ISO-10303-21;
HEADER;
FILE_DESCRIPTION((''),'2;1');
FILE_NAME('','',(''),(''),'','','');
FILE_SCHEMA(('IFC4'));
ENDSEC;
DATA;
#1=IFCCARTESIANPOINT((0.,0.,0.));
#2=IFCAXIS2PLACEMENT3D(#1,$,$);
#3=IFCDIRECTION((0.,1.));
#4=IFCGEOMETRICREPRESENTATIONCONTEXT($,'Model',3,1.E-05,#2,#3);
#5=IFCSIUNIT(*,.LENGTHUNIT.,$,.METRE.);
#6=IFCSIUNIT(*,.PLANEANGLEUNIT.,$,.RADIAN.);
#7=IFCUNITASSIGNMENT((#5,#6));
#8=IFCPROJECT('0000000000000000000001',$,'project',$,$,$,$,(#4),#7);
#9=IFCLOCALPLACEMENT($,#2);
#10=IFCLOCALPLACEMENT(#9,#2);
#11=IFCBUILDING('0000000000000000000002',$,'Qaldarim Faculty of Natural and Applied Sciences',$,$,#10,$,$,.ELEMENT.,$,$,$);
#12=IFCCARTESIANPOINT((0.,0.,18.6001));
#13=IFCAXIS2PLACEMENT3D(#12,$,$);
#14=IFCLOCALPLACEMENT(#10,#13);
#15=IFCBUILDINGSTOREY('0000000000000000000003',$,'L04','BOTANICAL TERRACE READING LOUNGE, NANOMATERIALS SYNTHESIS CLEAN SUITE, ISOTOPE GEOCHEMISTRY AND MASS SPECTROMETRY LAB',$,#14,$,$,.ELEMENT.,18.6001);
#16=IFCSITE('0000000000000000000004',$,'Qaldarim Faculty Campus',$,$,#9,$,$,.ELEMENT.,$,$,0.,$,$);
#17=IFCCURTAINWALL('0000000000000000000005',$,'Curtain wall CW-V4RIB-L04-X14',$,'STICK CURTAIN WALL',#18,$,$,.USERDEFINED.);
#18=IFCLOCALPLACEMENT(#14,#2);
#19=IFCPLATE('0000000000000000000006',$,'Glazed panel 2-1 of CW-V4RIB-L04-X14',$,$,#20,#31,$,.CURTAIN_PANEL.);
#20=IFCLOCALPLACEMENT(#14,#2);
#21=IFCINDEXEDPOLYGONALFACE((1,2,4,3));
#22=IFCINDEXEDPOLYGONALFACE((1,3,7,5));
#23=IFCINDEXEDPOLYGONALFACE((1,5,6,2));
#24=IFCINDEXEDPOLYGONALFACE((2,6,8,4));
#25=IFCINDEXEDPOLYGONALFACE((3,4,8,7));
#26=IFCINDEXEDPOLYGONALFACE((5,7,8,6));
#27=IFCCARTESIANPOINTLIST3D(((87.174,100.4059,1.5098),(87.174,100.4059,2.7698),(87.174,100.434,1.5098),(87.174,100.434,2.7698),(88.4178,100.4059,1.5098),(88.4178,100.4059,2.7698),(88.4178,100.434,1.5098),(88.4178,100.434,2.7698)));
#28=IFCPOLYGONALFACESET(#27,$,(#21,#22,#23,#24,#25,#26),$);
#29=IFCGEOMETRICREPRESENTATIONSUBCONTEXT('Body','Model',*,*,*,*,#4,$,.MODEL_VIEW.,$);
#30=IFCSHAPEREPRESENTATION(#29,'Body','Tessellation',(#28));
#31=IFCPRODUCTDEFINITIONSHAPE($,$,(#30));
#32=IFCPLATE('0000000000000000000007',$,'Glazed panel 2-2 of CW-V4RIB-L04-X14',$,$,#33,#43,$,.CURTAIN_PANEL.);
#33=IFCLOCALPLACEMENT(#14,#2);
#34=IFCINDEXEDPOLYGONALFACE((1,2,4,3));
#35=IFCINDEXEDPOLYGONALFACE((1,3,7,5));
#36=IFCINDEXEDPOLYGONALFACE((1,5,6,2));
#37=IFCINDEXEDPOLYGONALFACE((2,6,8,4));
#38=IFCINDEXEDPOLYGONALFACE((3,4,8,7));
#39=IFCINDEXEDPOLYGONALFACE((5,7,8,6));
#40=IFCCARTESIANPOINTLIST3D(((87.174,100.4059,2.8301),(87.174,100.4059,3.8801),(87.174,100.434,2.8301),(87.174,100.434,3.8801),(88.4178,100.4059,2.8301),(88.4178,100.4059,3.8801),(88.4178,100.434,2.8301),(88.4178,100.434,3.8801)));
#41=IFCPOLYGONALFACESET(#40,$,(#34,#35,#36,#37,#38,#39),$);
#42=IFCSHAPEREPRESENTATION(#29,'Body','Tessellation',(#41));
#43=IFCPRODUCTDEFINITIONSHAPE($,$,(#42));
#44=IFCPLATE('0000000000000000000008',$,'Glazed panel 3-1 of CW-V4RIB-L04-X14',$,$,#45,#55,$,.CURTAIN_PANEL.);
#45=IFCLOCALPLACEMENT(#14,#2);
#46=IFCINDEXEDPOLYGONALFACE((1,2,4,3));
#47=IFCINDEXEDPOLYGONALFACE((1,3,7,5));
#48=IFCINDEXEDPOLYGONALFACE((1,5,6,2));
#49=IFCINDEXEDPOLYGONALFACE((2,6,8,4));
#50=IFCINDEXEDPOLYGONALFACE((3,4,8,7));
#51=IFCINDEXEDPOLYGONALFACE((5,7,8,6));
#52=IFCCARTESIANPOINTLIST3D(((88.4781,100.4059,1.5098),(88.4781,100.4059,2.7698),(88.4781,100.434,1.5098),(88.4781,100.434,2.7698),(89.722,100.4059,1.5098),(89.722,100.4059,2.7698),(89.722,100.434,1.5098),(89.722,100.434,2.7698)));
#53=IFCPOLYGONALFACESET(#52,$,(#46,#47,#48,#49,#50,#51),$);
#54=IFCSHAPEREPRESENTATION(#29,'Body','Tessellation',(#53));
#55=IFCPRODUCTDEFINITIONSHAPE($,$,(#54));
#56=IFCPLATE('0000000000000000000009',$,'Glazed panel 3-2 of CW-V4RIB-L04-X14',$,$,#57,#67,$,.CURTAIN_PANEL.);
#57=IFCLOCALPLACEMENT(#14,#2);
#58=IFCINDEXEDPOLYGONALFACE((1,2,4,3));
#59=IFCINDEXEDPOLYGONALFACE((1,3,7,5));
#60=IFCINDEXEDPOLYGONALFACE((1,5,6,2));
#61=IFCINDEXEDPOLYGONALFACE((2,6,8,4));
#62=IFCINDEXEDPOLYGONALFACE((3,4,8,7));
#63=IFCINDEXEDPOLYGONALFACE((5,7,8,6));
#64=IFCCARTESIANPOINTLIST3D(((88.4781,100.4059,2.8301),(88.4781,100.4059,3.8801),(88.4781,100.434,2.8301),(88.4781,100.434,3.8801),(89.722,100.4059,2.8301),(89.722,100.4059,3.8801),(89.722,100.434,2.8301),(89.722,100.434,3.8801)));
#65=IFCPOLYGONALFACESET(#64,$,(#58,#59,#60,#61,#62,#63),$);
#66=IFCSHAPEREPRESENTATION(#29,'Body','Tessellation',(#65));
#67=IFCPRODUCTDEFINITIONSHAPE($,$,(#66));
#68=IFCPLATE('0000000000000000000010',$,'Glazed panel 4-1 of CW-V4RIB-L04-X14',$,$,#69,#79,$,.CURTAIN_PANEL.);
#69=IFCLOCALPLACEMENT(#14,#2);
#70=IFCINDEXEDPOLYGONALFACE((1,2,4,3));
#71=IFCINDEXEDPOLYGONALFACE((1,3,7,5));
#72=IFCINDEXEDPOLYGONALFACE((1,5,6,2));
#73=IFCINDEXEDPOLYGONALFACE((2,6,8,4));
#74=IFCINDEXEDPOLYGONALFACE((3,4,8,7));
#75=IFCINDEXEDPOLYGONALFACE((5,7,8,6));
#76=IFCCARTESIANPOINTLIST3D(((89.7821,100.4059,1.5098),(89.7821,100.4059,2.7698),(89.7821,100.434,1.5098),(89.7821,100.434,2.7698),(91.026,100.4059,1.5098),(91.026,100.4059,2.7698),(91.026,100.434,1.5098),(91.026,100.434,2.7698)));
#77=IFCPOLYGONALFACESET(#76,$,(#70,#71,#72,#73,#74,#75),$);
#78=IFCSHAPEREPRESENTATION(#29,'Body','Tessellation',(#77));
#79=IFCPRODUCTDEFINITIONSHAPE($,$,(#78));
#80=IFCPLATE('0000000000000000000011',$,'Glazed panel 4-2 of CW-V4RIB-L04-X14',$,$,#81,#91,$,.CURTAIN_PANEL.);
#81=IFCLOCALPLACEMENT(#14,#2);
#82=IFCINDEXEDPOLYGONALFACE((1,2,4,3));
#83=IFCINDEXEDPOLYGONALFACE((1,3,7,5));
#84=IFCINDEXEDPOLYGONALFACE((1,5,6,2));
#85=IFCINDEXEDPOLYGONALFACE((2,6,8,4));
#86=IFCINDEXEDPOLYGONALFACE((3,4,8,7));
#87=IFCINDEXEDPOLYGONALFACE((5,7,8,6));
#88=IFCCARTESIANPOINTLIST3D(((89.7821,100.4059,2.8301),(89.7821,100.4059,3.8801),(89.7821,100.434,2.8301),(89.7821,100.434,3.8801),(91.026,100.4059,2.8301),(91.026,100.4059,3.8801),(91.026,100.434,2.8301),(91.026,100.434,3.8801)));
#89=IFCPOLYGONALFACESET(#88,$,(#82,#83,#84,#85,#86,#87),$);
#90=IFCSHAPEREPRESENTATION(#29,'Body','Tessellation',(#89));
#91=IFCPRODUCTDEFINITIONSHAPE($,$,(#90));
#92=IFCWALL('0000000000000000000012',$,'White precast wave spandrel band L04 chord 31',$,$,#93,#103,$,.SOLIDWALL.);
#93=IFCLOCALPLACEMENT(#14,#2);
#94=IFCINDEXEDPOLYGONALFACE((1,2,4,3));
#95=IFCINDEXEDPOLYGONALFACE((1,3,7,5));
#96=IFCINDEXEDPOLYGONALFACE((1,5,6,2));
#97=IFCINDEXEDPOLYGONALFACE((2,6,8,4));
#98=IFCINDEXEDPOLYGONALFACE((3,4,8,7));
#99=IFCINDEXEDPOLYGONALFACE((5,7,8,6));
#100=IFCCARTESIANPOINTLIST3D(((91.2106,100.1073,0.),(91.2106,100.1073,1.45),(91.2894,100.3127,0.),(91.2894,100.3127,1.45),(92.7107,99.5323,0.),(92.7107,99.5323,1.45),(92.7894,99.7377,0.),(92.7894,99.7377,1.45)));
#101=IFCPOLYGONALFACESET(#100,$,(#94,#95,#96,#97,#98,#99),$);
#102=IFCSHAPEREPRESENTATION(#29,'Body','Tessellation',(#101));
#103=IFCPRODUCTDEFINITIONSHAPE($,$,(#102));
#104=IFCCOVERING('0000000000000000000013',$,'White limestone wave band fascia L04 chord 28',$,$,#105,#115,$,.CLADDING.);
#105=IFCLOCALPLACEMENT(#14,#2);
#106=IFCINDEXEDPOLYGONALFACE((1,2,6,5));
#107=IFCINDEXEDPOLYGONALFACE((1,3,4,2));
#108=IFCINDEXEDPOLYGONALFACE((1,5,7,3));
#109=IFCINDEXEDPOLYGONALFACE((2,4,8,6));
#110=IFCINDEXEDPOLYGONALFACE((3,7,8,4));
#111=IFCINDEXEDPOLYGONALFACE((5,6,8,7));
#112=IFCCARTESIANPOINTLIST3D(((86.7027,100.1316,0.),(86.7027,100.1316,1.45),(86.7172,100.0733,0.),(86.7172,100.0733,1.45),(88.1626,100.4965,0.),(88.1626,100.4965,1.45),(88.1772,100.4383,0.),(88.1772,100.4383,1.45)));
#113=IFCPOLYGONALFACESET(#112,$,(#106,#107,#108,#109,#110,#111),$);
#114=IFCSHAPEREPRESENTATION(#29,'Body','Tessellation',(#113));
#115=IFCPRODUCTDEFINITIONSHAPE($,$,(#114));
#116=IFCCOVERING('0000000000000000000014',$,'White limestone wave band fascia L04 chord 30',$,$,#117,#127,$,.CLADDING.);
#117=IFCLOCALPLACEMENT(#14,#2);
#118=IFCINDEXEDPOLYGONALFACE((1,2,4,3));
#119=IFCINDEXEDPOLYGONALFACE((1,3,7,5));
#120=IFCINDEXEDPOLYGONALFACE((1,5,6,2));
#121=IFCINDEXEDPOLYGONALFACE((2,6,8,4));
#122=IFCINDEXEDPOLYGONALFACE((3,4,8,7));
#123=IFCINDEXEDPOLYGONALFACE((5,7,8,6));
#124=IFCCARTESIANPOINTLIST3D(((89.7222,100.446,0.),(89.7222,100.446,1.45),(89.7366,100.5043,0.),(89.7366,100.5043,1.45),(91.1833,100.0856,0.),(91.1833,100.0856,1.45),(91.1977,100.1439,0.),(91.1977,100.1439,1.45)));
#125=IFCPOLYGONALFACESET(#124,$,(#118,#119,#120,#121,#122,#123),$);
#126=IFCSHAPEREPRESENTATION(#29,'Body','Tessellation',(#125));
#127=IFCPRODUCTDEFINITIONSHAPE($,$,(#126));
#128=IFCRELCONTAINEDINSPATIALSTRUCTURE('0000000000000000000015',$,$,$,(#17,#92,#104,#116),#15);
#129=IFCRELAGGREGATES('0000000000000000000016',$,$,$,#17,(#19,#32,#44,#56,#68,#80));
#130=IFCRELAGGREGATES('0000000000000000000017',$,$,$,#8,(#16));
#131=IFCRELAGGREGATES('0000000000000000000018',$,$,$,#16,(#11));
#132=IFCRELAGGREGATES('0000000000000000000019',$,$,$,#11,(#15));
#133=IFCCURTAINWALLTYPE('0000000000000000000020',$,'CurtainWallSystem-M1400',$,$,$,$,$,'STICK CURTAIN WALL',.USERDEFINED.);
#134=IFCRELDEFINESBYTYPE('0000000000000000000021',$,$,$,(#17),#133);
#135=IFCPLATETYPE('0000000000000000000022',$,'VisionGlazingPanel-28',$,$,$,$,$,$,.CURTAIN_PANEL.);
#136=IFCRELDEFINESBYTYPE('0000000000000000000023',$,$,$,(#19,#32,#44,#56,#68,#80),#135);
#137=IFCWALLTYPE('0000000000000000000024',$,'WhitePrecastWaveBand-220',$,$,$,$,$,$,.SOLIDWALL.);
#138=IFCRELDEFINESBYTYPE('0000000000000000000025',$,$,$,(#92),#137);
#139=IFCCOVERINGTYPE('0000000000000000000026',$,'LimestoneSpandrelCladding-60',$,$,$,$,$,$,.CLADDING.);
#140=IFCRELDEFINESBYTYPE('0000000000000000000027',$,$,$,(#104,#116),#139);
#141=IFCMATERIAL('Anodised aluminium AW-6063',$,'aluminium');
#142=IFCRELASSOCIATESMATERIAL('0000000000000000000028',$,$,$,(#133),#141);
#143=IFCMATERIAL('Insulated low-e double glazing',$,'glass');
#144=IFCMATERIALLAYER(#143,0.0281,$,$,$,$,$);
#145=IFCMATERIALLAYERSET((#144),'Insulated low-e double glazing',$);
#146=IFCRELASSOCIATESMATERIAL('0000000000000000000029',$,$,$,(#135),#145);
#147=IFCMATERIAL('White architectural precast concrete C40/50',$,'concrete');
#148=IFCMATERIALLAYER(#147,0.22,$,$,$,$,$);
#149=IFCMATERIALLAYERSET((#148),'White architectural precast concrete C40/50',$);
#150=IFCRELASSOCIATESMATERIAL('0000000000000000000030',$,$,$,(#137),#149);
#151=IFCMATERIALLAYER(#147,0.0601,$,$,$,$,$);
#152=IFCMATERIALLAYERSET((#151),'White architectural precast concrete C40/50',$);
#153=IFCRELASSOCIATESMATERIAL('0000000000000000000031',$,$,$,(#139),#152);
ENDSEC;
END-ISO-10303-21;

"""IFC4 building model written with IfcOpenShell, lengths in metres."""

from ifc_helpers import new_model, si_unit, direction, frame, frame_2d, origin, origin_2d, place, context, subcontext, project, spatial, rectangle, extrude, material, layer, layer_set, type_object, element, aggregate, save


model = new_model("IFC4")

# Units and contexts
model_context = context("Model", 3, precision=1e-05, world=origin(), true_north=direction((0.0, 1.0)))
body_context = subcontext(model_context, "Body", "Model", "MODEL_VIEW")
ifc_project = project(units=[si_unit("LENGTHUNIT", "METRE"), si_unit("PLANEANGLEUNIT", "RADIAN")], contexts=[model_context])

# Site, building, storey
site_placement = place(None, origin())
site = spatial("IfcSite", under=ifc_project, at=site_placement, Name="Qaldarim Faculty Campus", CompositionType="ELEMENT", RefElevation=0.0)
building_placement = place(site_placement, origin())
building = spatial("IfcBuilding", under=site, at=building_placement, Name="Qaldarim Faculty of Natural and Applied Sciences", CompositionType="ELEMENT")
storey_placement = place(building_placement, frame((0.0, 0.0, 18.6001)))
storey = spatial("IfcBuildingStorey", under=building, at=storey_placement, Name="L04", Description="BOTANICAL TERRACE READING LOUNGE, NANOMATERIALS SYNTHESIS CLEAN SUITE, ISOTOPE GEOCHEMISTRY AND MASS SPECTROMETRY LAB", CompositionType="ELEMENT", Elevation=18.6001)

# Curtain wall, plates
ifc_material_1 = material(Name="Anodised aluminium AW-6063", Category="aluminium")
curtain_wall_type = type_object("IfcCurtainWallType", Name="CurtainWallSystem-M1400", ElementType="STICK CURTAIN WALL", PredefinedType="USERDEFINED", material=ifc_material_1)
curtain_wall_placement = place(storey_placement, origin())
curtain_wall = element("IfcCurtainWall", 1, at=curtain_wall_placement, inside=storey, type_object=curtain_wall_type, Name="Curtain wall CW-V4RIB-L04-X14", ObjectType="STICK CURTAIN WALL", PredefinedType="USERDEFINED")
ifc_material_2 = material(Name="Insulated low-e double glazing", Category="glass")
ifc_layer_1 = layer(ifc_material_2, 0.0281)
ifc_layer_set_1 = layer_set([ifc_layer_1], Name="Insulated low-e double glazing")
plate_type = type_object("IfcPlateType", Name="VisionGlazingPanel-28", PredefinedType="CURTAIN_PANEL", material=ifc_layer_set_1)
plate_1_placement = place(storey_placement, frame((87.7959, 100.4199, 1.5098), z_axis=(0.0, 0.0, 1.0), x_axis=(1.0, 0.0, 0.0)))
plate_1 = element("IfcPlate", 2, at=plate_1_placement, type_object=plate_type, Name="Glazed panel 2-1 of CW-V4RIB-L04-X14", PredefinedType="CURTAIN_PANEL", context=body_context, shape_type="SweptSolid", body=[
    extrude(rectangle(XDim=1.2439, YDim=0.0281, at=origin_2d()), origin(), (0.0, 0.0, 1.0), 1.26),
])
plate_2_placement = place(storey_placement, frame((87.7959, 100.4199, 2.8301), z_axis=(0.0, 0.0, 1.0), x_axis=(1.0, 0.0, 0.0)))
plate_2 = element("IfcPlate", 3, at=plate_2_placement, type_object=plate_type, Name="Glazed panel 2-2 of CW-V4RIB-L04-X14", PredefinedType="CURTAIN_PANEL", context=body_context, shape_type="SweptSolid", body=[
    extrude(rectangle(XDim=1.2439, YDim=0.0281, at=origin_2d()), origin(), (0.0, 0.0, 1.0), 1.05),
])
plate_3_placement = place(storey_placement, frame((89.1001, 100.4199, 1.5098), z_axis=(0.0, 0.0, 1.0), x_axis=(1.0, 0.0, 0.0)))
plate_3 = element("IfcPlate", 4, at=plate_3_placement, type_object=plate_type, Name="Glazed panel 3-1 of CW-V4RIB-L04-X14", PredefinedType="CURTAIN_PANEL", context=body_context, shape_type="SweptSolid", body=[
    extrude(rectangle(XDim=1.2439, YDim=0.0281, at=origin_2d()), origin(), (0.0, 0.0, 1.0), 1.26),
])
plate_4_placement = place(storey_placement, frame((89.1001, 100.4199, 2.8301), z_axis=(0.0, 0.0, 1.0), x_axis=(1.0, 0.0, 0.0)))
plate_4 = element("IfcPlate", 5, at=plate_4_placement, type_object=plate_type, Name="Glazed panel 3-2 of CW-V4RIB-L04-X14", PredefinedType="CURTAIN_PANEL", context=body_context, shape_type="SweptSolid", body=[
    extrude(rectangle(XDim=1.2439, YDim=0.0281, at=origin_2d()), origin(), (0.0, 0.0, 1.0), 1.05),
])
plate_5_placement = place(storey_placement, frame((90.4041, 100.4199, 1.5098), z_axis=(0.0, 0.0, 1.0), x_axis=(1.0, 0.0, 0.0)))
plate_5 = element("IfcPlate", 6, at=plate_5_placement, type_object=plate_type, Name="Glazed panel 4-1 of CW-V4RIB-L04-X14", PredefinedType="CURTAIN_PANEL", context=body_context, shape_type="SweptSolid", body=[
    extrude(rectangle(XDim=1.2439, YDim=0.0281, at=origin_2d()), origin(), (0.0, 0.0, 1.0), 1.26),
])
plate_6_placement = place(storey_placement, frame((90.4041, 100.4199, 2.8301), z_axis=(0.0, 0.0, 1.0), x_axis=(1.0, 0.0, 0.0)))
plate_6 = element("IfcPlate", 7, at=plate_6_placement, type_object=plate_type, Name="Glazed panel 4-2 of CW-V4RIB-L04-X14", PredefinedType="CURTAIN_PANEL", context=body_context, shape_type="SweptSolid", body=[
    extrude(rectangle(XDim=1.2439, YDim=0.0281, at=origin_2d()), origin(), (0.0, 0.0, 1.0), 1.05),
])
aggregate(curtain_wall, [plate_1, plate_2, plate_3, plate_4, plate_5, plate_6])

# Wall
ifc_material_3 = material(Name="White architectural precast concrete C40/50", Category="concrete")
ifc_layer_2 = layer(ifc_material_3, 0.22)
ifc_layer_set_2 = layer_set([ifc_layer_2], Name="White architectural precast concrete C40/50")
wall_type = type_object("IfcWallType", Name="WhitePrecastWaveBand-220", PredefinedType="SOLIDWALL", material=ifc_layer_set_2)
wall_placement = place(storey_placement, frame((91.25, 100.21, 0.0), z_axis=(0.0, 0.0, 1.0), x_axis=(0.933756, -0.35791, 0.0)))
element("IfcWall", 8, at=wall_placement, inside=storey, type_object=wall_type, Name="White precast wave spandrel band L04 chord 31", PredefinedType="SOLIDWALL", context=body_context, shape_type="SweptSolid", body=[
    extrude(rectangle(XDim=1.6064, YDim=0.22, at=frame_2d((0.8032, 0.0))), origin(), (0.0, 0.0, 1.0), 1.45),
])

# Coverings
ifc_layer_3 = layer(ifc_material_3, 0.0601)
ifc_layer_set_3 = layer_set([ifc_layer_3], Name="White architectural precast concrete C40/50")
covering_type = type_object("IfcCoveringType", Name="LimestoneSpandrelCladding-60", PredefinedType="CLADDING", material=ifc_layer_set_3)
for number, where, z_axis, x_axis, name in (
    (9, (87.4399, 100.2849, 0.0), (0.0, 0.0, 1.0), (0.970144, 0.242532, 0.0), "White limestone wave band fascia L04 chord 28"),
    (10, (90.46, 100.2949, 0.0), (0.0, 0.0, 1.0), (0.970901, -0.239483, 0.0), "White limestone wave band fascia L04 chord 30"),
):
    element("IfcCovering", number, at=place(storey_placement, frame(where, z_axis=z_axis, x_axis=x_axis)), inside=storey, type_object=covering_type, Name=name, PredefinedType="CLADDING", context=body_context, shape_type="SweptSolid", body=[
        extrude(rectangle(XDim=1.5049, YDim=0.0601, at=origin_2d()), origin(), (0.0, 0.0, 1.0), 1.45),
    ])

save(model, "model.ifc")
